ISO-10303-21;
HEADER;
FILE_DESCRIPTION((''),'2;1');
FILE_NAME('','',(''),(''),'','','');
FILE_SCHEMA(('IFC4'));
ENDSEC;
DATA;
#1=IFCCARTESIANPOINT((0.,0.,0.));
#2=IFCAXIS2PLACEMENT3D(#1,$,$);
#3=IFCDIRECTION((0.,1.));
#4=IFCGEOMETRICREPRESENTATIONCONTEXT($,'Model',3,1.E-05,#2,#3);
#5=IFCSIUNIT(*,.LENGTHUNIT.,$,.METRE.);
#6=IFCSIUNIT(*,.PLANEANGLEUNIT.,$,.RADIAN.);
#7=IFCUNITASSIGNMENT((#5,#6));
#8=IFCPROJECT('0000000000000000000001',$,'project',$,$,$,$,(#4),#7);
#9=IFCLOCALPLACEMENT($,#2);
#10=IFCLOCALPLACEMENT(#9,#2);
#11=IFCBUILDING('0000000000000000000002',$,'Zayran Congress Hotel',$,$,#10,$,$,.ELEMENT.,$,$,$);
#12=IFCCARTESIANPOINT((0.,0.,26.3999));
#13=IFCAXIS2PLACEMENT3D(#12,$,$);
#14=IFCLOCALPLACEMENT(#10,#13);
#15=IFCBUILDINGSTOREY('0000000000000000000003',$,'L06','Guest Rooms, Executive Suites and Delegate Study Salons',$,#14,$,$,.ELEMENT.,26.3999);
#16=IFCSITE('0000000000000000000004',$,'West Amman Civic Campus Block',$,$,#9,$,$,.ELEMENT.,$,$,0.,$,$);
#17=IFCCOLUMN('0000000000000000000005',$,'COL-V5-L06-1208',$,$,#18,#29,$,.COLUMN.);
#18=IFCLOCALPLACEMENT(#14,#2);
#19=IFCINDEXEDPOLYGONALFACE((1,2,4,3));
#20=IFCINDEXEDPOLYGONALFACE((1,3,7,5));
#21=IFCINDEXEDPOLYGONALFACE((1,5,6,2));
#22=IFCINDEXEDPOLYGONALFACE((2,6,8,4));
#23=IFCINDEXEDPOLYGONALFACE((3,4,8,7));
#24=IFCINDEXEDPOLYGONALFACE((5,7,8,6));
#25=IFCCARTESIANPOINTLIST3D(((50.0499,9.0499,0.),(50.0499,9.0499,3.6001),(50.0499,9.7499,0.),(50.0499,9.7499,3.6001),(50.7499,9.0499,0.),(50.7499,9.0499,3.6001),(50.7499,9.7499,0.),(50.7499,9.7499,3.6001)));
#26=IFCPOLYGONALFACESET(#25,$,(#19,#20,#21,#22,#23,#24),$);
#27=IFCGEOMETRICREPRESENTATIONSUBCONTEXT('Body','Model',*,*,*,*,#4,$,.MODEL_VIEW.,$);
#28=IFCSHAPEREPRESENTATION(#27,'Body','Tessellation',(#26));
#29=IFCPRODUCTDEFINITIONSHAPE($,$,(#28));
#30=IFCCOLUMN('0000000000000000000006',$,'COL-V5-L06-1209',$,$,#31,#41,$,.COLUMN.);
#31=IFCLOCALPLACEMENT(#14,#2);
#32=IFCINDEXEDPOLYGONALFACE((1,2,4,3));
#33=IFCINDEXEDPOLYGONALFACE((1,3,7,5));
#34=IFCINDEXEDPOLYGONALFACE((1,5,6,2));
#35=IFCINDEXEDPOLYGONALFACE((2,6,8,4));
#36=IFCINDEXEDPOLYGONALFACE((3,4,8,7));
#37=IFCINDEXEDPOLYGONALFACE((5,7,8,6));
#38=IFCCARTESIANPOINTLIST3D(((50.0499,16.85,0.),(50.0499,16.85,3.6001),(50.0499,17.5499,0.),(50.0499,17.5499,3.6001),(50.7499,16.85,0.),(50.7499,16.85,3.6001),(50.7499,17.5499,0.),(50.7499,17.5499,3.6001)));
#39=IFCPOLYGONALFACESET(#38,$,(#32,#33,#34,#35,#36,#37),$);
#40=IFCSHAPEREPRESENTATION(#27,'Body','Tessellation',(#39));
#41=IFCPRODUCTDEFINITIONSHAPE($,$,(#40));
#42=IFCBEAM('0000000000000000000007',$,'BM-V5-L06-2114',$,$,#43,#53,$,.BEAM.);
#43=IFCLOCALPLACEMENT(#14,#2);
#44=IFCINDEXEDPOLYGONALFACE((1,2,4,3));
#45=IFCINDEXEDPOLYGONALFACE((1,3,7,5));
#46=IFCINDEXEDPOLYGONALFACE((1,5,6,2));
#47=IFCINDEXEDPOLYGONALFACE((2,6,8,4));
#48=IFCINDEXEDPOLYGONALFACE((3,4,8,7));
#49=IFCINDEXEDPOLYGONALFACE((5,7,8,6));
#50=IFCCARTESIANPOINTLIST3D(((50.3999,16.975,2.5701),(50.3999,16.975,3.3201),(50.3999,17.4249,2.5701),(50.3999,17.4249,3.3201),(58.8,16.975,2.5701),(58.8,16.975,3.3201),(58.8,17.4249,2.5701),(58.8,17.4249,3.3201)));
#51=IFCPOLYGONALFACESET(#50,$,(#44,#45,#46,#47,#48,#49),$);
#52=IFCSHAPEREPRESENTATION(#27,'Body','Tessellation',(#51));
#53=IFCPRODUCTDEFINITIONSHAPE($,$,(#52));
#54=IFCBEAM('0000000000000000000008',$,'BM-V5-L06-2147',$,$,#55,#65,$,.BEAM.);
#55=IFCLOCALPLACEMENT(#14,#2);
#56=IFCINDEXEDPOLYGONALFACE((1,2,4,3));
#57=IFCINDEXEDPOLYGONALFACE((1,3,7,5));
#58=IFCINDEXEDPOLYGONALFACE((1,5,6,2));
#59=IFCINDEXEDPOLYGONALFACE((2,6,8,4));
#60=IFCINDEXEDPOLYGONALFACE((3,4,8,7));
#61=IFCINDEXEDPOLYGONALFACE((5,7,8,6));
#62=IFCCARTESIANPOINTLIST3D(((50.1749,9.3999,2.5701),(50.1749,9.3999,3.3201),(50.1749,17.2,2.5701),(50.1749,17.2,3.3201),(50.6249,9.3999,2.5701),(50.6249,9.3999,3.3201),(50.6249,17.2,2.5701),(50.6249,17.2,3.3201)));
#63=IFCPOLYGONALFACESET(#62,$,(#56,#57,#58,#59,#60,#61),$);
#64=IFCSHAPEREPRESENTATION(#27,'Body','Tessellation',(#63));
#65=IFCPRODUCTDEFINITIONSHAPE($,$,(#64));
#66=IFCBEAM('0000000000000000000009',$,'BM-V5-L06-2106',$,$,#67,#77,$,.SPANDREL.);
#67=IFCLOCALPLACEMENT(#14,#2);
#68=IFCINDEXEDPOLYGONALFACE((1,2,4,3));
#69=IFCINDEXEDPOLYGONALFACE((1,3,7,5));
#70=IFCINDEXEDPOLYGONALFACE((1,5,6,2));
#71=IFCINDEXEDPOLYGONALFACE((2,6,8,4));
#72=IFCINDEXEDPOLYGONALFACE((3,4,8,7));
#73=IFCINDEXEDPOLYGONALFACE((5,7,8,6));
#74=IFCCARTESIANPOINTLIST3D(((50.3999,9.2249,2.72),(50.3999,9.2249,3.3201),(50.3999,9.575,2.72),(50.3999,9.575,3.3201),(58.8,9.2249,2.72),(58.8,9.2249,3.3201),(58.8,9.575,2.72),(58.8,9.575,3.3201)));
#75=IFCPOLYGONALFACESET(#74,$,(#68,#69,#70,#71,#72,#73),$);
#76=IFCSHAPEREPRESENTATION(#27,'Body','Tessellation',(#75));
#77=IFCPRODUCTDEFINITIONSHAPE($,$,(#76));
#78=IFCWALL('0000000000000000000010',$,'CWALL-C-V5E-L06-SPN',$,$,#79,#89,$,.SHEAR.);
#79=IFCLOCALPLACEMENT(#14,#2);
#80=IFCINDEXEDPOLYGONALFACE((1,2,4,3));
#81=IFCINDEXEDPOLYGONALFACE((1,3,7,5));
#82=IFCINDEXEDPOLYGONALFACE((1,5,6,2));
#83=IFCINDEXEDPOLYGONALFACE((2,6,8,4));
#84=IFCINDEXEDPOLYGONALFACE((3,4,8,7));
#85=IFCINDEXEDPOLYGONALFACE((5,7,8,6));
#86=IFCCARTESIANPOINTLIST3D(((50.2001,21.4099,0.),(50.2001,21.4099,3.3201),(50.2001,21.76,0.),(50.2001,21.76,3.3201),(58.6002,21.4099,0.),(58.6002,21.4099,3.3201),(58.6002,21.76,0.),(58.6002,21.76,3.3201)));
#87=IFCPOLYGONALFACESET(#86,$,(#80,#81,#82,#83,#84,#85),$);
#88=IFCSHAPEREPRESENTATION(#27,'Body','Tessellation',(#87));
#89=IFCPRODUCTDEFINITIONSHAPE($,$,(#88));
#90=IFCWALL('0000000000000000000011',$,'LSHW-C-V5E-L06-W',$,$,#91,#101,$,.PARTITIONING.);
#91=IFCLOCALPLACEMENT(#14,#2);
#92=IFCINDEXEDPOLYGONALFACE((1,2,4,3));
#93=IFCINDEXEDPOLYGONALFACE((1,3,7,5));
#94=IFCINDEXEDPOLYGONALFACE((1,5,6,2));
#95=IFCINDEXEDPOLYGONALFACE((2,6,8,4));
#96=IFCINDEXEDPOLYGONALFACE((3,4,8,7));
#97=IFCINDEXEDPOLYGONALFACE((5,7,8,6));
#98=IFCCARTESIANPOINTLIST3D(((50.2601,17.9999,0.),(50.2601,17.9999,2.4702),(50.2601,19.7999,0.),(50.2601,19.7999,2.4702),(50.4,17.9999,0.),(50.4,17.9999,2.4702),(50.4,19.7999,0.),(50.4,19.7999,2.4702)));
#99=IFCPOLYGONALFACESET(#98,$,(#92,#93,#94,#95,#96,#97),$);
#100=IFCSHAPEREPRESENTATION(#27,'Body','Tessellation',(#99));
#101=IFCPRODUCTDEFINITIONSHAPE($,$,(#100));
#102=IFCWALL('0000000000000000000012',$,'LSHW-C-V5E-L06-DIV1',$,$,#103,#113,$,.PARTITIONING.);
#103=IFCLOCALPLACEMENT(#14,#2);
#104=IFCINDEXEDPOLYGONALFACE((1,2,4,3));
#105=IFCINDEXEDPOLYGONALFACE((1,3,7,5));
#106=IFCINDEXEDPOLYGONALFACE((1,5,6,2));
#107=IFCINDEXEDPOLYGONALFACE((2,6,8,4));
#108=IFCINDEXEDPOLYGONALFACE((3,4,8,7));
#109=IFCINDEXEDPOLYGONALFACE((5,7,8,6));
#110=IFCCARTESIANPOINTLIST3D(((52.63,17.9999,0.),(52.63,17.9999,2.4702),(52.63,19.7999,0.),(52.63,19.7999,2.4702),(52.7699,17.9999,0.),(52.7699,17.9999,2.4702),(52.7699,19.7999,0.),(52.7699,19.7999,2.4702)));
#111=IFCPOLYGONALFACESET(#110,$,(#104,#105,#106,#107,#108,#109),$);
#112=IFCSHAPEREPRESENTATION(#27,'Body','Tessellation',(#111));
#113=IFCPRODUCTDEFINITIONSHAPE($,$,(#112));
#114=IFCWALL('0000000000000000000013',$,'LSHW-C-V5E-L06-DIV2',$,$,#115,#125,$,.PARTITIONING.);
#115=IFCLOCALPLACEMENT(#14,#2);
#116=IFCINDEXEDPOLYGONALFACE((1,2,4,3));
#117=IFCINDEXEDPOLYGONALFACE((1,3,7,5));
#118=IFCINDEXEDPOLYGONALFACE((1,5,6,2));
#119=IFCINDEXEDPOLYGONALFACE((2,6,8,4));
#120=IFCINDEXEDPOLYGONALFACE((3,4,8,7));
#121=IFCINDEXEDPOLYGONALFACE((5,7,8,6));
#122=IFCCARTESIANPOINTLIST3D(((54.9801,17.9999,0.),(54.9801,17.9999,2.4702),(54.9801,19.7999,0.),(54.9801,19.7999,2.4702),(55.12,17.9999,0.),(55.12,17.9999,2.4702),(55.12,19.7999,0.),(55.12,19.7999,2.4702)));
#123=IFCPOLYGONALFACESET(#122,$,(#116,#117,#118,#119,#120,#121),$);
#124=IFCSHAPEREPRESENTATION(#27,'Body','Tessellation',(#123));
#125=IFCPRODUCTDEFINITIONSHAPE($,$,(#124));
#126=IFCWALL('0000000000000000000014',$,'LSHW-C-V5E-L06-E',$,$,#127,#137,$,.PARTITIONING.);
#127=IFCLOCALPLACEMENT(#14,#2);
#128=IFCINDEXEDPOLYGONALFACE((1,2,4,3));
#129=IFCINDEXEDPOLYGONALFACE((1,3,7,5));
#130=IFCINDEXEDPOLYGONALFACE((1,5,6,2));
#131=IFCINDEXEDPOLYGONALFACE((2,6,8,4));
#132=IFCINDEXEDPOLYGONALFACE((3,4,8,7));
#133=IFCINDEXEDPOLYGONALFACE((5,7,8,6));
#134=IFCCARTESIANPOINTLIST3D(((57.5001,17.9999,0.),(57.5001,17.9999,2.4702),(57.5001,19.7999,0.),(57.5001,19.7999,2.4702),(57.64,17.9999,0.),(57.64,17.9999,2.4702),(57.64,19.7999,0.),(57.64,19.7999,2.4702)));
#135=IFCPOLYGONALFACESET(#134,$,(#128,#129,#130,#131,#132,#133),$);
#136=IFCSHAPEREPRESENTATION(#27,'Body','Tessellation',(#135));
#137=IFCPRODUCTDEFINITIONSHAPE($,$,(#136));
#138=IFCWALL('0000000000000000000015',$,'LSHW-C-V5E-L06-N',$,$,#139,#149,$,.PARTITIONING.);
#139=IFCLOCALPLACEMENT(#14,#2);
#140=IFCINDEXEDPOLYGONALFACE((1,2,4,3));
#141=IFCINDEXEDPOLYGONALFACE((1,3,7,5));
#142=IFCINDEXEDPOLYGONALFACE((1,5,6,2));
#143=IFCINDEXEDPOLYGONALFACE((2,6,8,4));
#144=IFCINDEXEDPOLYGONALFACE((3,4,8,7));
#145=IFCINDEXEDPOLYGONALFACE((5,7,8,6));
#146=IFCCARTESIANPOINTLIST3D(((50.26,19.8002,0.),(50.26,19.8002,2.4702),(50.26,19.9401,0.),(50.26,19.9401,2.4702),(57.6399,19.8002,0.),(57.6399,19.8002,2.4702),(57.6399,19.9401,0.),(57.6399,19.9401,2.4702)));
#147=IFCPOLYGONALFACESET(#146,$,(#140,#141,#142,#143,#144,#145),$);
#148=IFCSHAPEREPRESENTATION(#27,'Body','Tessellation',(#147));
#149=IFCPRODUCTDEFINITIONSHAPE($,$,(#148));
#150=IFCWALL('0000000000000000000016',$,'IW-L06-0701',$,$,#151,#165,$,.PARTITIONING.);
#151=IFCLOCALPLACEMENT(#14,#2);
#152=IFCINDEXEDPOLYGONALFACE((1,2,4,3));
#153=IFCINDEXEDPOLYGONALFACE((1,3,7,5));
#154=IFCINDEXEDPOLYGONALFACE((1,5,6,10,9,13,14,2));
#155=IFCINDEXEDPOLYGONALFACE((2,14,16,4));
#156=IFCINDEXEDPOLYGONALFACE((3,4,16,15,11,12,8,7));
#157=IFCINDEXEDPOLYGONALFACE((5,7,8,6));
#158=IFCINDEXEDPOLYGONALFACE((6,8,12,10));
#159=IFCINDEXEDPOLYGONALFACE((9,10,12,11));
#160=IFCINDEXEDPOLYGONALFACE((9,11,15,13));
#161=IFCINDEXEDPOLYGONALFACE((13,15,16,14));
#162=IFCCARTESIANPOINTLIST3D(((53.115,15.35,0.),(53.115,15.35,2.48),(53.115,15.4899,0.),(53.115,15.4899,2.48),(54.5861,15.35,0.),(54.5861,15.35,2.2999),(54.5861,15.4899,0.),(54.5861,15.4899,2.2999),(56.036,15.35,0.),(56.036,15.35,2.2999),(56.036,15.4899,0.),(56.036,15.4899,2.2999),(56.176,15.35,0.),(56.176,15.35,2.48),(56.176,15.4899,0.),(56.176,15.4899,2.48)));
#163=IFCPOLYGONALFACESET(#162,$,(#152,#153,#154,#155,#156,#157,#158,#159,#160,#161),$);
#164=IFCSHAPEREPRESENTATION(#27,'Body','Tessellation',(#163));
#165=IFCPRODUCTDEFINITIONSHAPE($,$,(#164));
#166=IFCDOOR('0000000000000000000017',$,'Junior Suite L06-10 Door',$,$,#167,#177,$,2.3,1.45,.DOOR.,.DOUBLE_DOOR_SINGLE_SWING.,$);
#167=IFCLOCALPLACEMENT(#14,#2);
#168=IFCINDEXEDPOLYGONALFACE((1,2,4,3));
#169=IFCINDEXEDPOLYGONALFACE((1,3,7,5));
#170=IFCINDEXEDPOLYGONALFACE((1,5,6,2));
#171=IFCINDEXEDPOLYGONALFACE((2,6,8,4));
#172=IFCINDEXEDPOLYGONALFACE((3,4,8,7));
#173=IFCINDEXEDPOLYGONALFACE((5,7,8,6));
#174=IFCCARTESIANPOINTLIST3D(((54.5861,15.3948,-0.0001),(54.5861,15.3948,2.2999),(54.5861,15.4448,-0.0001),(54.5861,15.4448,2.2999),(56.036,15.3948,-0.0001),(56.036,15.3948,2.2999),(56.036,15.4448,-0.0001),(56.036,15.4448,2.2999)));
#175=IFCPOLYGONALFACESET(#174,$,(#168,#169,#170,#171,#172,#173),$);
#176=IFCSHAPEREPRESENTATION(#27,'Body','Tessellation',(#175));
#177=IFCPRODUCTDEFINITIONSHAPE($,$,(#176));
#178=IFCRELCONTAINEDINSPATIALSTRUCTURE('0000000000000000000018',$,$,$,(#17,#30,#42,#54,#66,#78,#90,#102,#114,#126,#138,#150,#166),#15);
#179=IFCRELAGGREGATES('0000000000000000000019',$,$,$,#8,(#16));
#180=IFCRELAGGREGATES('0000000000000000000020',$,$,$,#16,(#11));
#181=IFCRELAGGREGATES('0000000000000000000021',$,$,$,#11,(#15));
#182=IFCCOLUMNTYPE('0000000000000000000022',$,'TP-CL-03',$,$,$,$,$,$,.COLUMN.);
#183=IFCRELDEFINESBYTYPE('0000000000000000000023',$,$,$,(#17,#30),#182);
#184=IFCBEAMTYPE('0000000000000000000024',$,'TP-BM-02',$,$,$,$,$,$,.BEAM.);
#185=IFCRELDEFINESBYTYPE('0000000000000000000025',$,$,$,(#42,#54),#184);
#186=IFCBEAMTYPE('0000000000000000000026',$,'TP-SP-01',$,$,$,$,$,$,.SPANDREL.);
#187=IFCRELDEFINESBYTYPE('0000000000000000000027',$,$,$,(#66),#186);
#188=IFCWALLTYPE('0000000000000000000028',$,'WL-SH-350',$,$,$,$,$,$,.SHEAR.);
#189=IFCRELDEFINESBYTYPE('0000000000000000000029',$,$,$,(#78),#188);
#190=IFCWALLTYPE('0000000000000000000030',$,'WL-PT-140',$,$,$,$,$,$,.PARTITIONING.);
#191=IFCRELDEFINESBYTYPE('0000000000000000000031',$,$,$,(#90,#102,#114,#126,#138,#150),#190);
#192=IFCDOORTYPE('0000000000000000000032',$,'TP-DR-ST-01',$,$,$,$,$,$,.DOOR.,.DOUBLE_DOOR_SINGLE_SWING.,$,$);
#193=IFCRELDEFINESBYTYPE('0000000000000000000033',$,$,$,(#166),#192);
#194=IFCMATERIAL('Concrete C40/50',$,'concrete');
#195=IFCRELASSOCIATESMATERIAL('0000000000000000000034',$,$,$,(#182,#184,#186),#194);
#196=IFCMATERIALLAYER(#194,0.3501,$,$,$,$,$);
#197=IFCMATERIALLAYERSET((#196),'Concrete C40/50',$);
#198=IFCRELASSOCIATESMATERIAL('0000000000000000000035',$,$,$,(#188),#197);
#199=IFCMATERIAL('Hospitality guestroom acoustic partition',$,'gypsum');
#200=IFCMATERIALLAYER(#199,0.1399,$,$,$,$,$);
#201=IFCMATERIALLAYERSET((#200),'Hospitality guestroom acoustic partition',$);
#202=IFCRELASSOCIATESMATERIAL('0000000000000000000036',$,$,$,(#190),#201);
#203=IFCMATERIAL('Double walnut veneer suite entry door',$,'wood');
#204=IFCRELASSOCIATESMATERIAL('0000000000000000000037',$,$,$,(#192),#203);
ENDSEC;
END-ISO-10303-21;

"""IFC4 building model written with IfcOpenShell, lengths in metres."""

from ifc_helpers import new_model, si_unit, direction, frame, frame_2d, origin, origin_2d, place, context, subcontext, project, spatial, rectangle, extrude, material, layer, layer_set, material_profile, profile_set, type_object, element, fill, save


model = new_model("IFC4")

# Units and contexts
model_context = context("Model", 3, precision=1e-05, world=origin(), true_north=direction((0.0, 1.0)))
body_context = subcontext(model_context, "Body", "Model", "MODEL_VIEW")
ifc_project = project(units=[si_unit("LENGTHUNIT", "METRE"), si_unit("PLANEANGLEUNIT", "RADIAN")], contexts=[model_context])

# Site, building, storey
site_placement = place(None, origin())
site = spatial("IfcSite", under=ifc_project, at=site_placement, Name="West Amman Civic Campus Block", CompositionType="ELEMENT", RefElevation=0.0)
building_placement = place(site_placement, origin())
building = spatial("IfcBuilding", under=site, at=building_placement, Name="Zayran Congress Hotel", CompositionType="ELEMENT")
storey_placement = place(building_placement, frame((0.0, 0.0, 26.3999)))
storey = spatial("IfcBuildingStorey", under=building, at=storey_placement, Name="L06", Description="Guest Rooms, Executive Suites and Delegate Study Salons", CompositionType="ELEMENT", Elevation=26.3999)

# Columns
ifc_material_1 = material(Name="Concrete C40/50", Category="concrete")
ifc_material_profile_1 = material_profile(ifc_material_1, rectangle(XDim=0.7, YDim=0.7, at=origin_2d()), Name="RC 700x700")
ifc_profile_set_1 = profile_set([ifc_material_profile_1], Name="Concrete C40/50")
column_type = type_object("IfcColumnType", Name="TP-CL-03", PredefinedType="COLUMN", material=ifc_profile_set_1)
for number, where, z_axis, x_axis, name in (
    (1, (50.3999, 9.3999, 0.0), (0.0, 0.0, 1.0), (1.0, 0.0, 0.0), "COL-V5-L06-1208"),
    (2, (50.3999, 17.2, 0.0), (0.0, 0.0, 1.0), (1.0, 0.0, 0.0), "COL-V5-L06-1209"),
):
    element("IfcColumn", number, at=place(storey_placement, frame(where, z_axis=z_axis, x_axis=x_axis)), inside=storey, type_object=column_type, Name=name, PredefinedType="COLUMN", context=body_context, shape_type="SweptSolid", body=[
        extrude(rectangle(XDim=0.7, YDim=0.7, at=origin_2d()), origin(), (0.0, 0.0, 1.0), 3.6001),
    ])

# Beams
ifc_material_profile_2 = material_profile(ifc_material_1, rectangle(XDim=0.45, YDim=0.75, at=origin_2d()), Name="RC 450x750")
ifc_profile_set_2 = profile_set([ifc_material_profile_2], Name="Concrete C40/50")
beam_type_1 = type_object("IfcBeamType", Name="TP-BM-02", PredefinedType="BEAM", material=ifc_profile_set_2)
beam_1_placement = place(storey_placement, frame((50.3999, 17.2, 2.9451), z_axis=(1.0, 0.0, 0.0), x_axis=(0.0, 1.0, 0.0)))
element("IfcBeam", 3, at=beam_1_placement, inside=storey, type_object=beam_type_1, Name="BM-V5-L06-2114", PredefinedType="BEAM", context=body_context, shape_type="SweptSolid", body=[
    extrude(rectangle(XDim=0.45, YDim=0.75, at=origin_2d()), origin(), (0.0, 0.0, 1.0), 8.4001),
])
beam_2_placement = place(storey_placement, frame((50.3999, 9.3999, 2.9451), z_axis=(0.0, 1.0, 0.0), x_axis=(-1.0, 0.0, 0.0)))
element("IfcBeam", 4, at=beam_2_placement, inside=storey, type_object=beam_type_1, Name="BM-V5-L06-2147", PredefinedType="BEAM", context=body_context, shape_type="SweptSolid", body=[
    extrude(rectangle(XDim=0.45, YDim=0.75, at=origin_2d()), origin(), (0.0, 0.0, 1.0), 7.8),
])
ifc_material_profile_3 = material_profile(ifc_material_1, rectangle(XDim=0.3501, YDim=0.6001, at=origin_2d()), Name="RC 350x600")
ifc_profile_set_3 = profile_set([ifc_material_profile_3], Name="Concrete C40/50")
beam_type_2 = type_object("IfcBeamType", Name="TP-SP-01", PredefinedType="SPANDREL", material=ifc_profile_set_3)
beam_3_placement = place(storey_placement, frame((50.3999, 9.3999, 3.02), z_axis=(1.0, 0.0, 0.0), x_axis=(0.0, 1.0, 0.0)))
element("IfcBeam", 5, at=beam_3_placement, inside=storey, type_object=beam_type_2, Name="BM-V5-L06-2106", PredefinedType="SPANDREL", context=body_context, shape_type="SweptSolid", body=[
    extrude(rectangle(XDim=0.3501, YDim=0.6001, at=origin_2d()), origin(), (0.0, 0.0, 1.0), 8.4001),
])

# Walls
ifc_layer_1 = layer(ifc_material_1, 0.3501)
ifc_layer_set_1 = layer_set([ifc_layer_1], Name="Concrete C40/50")
wall_type_1 = type_object("IfcWallType", Name="WL-SH-350", PredefinedType="SHEAR", material=ifc_layer_set_1)
wall_1_placement = place(storey_placement, frame((50.2, 21.585, 0.0), z_axis=(0.0, 0.0, 1.0), x_axis=(1.0, 0.0, 0.0)))
element("IfcWall", 6, at=wall_1_placement, inside=storey, type_object=wall_type_1, Name="CWALL-C-V5E-L06-SPN", PredefinedType="SHEAR", context=body_context, shape_type="SweptSolid", body=[
    extrude(rectangle(XDim=8.4001, YDim=0.3501, at=frame_2d((4.2002, 0.0))), origin(), (0.0, 0.0, 1.0), 3.3201),
])
ifc_material_2 = material(Name="Hospitality guestroom acoustic partition", Category="gypsum")
ifc_layer_2 = layer(ifc_material_2, 0.1399)
ifc_layer_set_2 = layer_set([ifc_layer_2], Name="Hospitality guestroom acoustic partition")
wall_type_2 = type_object("IfcWallType", Name="WL-PT-140", PredefinedType="PARTITIONING", material=ifc_layer_set_2)
for number, where, z_axis, x_axis, name in (
    (7, (50.3301, 18.0, 0.0), (0.0, 0.0, 1.0), (0.0, 1.0, 0.0), "LSHW-C-V5E-L06-W"),
    (8, (52.7, 18.0, 0.0), (0.0, 0.0, 1.0), (0.0, 1.0, 0.0), "LSHW-C-V5E-L06-DIV1"),
    (9, (55.05, 18.0, 0.0), (0.0, 0.0, 1.0), (0.0, 1.0, 0.0), "LSHW-C-V5E-L06-DIV2"),
    (10, (57.5701, 18.0, 0.0), (0.0, 0.0, 1.0), (0.0, 1.0, 0.0), "LSHW-C-V5E-L06-E"),
):
    element("IfcWall", number, at=place(storey_placement, frame(where, z_axis=z_axis, x_axis=x_axis)), inside=storey, type_object=wall_type_2, Name=name, PredefinedType="PARTITIONING", context=body_context, shape_type="SweptSolid", body=[
        extrude(rectangle(XDim=1.8, YDim=0.1399, at=frame_2d((0.8999, 0.0))), origin(), (0.0, 0.0, 1.0), 2.4702),
    ])
wall_2_placement = place(storey_placement, frame((50.26, 19.8701, 0.0), z_axis=(0.0, 0.0, 1.0), x_axis=(1.0, 0.0, 0.0)))
element("IfcWall", 11, at=wall_2_placement, inside=storey, type_object=wall_type_2, Name="LSHW-C-V5E-L06-N", PredefinedType="PARTITIONING", context=body_context, shape_type="SweptSolid", body=[
    extrude(rectangle(XDim=7.3799, YDim=0.1399, at=frame_2d((3.6899, 0.0))), origin(), (0.0, 0.0, 1.0), 2.4702),
])

# Wall, opening, door
wall_3_placement = place(storey_placement, frame((53.115, 15.4199, 0.0), z_axis=(0.0, 0.0, 1.0), x_axis=(1.0, 0.0, 0.0)))
wall_3 = element("IfcWall", 12, at=wall_3_placement, inside=storey, type_object=wall_type_2, Name="IW-L06-0701", PredefinedType="PARTITIONING", context=body_context, shape_type="SweptSolid", body=[
    extrude(rectangle(XDim=3.061, YDim=0.1399, at=frame_2d((1.5305, 0.0))), origin(), (0.0, 0.0, 1.0), 2.48),
])
opening_1_placement = place(wall_3_placement, frame((1.4709, 0.0, 0.0)))
opening_1 = element("IfcOpeningElement", 13, at=opening_1_placement, cuts=wall_3, PredefinedType="OPENING", context=body_context, shape_type="SweptSolid", body=[
    extrude(rectangle(XDim=1.45, YDim=2.3, at=frame_2d((0.7251, 1.1499))), frame((0.0, 0.0798, 0.0), z_axis=(0.0, -1.0, 0.0), x_axis=(1.0, 0.0, 0.0)), (0.0, 0.0, 1.0), 0.1599),
])
ifc_material_3 = material(Name="Double walnut veneer suite entry door", Category="wood")
door_type_1 = type_object("IfcDoorType", Name="TP-DR-ST-01", OperationType="DOUBLE_DOOR_SINGLE_SWING", PredefinedType="DOOR", material=ifc_material_3)
door_1_placement = place(opening_1_placement, origin())
door_1 = element("IfcDoor", 14, at=door_1_placement, inside=storey, type_object=door_type_1, Name="Junior Suite L06-10 Door", OperationType="DOUBLE_DOOR_SINGLE_SWING", OverallHeight=2.3, OverallWidth=1.45, PredefinedType="DOOR", context=body_context, shape_type="SweptSolid", body=[
    extrude(rectangle(XDim=1.45, YDim=2.3, at=frame_2d((0.7251, 1.1499))), frame((0.0, 0.0249, 0.0), z_axis=(0.0, -1.0, 0.0), x_axis=(1.0, 0.0, 0.0)), (0.0, 0.0, 1.0), 0.05),
])
fill(opening_1, door_1)

save(model, "model.ifc")
